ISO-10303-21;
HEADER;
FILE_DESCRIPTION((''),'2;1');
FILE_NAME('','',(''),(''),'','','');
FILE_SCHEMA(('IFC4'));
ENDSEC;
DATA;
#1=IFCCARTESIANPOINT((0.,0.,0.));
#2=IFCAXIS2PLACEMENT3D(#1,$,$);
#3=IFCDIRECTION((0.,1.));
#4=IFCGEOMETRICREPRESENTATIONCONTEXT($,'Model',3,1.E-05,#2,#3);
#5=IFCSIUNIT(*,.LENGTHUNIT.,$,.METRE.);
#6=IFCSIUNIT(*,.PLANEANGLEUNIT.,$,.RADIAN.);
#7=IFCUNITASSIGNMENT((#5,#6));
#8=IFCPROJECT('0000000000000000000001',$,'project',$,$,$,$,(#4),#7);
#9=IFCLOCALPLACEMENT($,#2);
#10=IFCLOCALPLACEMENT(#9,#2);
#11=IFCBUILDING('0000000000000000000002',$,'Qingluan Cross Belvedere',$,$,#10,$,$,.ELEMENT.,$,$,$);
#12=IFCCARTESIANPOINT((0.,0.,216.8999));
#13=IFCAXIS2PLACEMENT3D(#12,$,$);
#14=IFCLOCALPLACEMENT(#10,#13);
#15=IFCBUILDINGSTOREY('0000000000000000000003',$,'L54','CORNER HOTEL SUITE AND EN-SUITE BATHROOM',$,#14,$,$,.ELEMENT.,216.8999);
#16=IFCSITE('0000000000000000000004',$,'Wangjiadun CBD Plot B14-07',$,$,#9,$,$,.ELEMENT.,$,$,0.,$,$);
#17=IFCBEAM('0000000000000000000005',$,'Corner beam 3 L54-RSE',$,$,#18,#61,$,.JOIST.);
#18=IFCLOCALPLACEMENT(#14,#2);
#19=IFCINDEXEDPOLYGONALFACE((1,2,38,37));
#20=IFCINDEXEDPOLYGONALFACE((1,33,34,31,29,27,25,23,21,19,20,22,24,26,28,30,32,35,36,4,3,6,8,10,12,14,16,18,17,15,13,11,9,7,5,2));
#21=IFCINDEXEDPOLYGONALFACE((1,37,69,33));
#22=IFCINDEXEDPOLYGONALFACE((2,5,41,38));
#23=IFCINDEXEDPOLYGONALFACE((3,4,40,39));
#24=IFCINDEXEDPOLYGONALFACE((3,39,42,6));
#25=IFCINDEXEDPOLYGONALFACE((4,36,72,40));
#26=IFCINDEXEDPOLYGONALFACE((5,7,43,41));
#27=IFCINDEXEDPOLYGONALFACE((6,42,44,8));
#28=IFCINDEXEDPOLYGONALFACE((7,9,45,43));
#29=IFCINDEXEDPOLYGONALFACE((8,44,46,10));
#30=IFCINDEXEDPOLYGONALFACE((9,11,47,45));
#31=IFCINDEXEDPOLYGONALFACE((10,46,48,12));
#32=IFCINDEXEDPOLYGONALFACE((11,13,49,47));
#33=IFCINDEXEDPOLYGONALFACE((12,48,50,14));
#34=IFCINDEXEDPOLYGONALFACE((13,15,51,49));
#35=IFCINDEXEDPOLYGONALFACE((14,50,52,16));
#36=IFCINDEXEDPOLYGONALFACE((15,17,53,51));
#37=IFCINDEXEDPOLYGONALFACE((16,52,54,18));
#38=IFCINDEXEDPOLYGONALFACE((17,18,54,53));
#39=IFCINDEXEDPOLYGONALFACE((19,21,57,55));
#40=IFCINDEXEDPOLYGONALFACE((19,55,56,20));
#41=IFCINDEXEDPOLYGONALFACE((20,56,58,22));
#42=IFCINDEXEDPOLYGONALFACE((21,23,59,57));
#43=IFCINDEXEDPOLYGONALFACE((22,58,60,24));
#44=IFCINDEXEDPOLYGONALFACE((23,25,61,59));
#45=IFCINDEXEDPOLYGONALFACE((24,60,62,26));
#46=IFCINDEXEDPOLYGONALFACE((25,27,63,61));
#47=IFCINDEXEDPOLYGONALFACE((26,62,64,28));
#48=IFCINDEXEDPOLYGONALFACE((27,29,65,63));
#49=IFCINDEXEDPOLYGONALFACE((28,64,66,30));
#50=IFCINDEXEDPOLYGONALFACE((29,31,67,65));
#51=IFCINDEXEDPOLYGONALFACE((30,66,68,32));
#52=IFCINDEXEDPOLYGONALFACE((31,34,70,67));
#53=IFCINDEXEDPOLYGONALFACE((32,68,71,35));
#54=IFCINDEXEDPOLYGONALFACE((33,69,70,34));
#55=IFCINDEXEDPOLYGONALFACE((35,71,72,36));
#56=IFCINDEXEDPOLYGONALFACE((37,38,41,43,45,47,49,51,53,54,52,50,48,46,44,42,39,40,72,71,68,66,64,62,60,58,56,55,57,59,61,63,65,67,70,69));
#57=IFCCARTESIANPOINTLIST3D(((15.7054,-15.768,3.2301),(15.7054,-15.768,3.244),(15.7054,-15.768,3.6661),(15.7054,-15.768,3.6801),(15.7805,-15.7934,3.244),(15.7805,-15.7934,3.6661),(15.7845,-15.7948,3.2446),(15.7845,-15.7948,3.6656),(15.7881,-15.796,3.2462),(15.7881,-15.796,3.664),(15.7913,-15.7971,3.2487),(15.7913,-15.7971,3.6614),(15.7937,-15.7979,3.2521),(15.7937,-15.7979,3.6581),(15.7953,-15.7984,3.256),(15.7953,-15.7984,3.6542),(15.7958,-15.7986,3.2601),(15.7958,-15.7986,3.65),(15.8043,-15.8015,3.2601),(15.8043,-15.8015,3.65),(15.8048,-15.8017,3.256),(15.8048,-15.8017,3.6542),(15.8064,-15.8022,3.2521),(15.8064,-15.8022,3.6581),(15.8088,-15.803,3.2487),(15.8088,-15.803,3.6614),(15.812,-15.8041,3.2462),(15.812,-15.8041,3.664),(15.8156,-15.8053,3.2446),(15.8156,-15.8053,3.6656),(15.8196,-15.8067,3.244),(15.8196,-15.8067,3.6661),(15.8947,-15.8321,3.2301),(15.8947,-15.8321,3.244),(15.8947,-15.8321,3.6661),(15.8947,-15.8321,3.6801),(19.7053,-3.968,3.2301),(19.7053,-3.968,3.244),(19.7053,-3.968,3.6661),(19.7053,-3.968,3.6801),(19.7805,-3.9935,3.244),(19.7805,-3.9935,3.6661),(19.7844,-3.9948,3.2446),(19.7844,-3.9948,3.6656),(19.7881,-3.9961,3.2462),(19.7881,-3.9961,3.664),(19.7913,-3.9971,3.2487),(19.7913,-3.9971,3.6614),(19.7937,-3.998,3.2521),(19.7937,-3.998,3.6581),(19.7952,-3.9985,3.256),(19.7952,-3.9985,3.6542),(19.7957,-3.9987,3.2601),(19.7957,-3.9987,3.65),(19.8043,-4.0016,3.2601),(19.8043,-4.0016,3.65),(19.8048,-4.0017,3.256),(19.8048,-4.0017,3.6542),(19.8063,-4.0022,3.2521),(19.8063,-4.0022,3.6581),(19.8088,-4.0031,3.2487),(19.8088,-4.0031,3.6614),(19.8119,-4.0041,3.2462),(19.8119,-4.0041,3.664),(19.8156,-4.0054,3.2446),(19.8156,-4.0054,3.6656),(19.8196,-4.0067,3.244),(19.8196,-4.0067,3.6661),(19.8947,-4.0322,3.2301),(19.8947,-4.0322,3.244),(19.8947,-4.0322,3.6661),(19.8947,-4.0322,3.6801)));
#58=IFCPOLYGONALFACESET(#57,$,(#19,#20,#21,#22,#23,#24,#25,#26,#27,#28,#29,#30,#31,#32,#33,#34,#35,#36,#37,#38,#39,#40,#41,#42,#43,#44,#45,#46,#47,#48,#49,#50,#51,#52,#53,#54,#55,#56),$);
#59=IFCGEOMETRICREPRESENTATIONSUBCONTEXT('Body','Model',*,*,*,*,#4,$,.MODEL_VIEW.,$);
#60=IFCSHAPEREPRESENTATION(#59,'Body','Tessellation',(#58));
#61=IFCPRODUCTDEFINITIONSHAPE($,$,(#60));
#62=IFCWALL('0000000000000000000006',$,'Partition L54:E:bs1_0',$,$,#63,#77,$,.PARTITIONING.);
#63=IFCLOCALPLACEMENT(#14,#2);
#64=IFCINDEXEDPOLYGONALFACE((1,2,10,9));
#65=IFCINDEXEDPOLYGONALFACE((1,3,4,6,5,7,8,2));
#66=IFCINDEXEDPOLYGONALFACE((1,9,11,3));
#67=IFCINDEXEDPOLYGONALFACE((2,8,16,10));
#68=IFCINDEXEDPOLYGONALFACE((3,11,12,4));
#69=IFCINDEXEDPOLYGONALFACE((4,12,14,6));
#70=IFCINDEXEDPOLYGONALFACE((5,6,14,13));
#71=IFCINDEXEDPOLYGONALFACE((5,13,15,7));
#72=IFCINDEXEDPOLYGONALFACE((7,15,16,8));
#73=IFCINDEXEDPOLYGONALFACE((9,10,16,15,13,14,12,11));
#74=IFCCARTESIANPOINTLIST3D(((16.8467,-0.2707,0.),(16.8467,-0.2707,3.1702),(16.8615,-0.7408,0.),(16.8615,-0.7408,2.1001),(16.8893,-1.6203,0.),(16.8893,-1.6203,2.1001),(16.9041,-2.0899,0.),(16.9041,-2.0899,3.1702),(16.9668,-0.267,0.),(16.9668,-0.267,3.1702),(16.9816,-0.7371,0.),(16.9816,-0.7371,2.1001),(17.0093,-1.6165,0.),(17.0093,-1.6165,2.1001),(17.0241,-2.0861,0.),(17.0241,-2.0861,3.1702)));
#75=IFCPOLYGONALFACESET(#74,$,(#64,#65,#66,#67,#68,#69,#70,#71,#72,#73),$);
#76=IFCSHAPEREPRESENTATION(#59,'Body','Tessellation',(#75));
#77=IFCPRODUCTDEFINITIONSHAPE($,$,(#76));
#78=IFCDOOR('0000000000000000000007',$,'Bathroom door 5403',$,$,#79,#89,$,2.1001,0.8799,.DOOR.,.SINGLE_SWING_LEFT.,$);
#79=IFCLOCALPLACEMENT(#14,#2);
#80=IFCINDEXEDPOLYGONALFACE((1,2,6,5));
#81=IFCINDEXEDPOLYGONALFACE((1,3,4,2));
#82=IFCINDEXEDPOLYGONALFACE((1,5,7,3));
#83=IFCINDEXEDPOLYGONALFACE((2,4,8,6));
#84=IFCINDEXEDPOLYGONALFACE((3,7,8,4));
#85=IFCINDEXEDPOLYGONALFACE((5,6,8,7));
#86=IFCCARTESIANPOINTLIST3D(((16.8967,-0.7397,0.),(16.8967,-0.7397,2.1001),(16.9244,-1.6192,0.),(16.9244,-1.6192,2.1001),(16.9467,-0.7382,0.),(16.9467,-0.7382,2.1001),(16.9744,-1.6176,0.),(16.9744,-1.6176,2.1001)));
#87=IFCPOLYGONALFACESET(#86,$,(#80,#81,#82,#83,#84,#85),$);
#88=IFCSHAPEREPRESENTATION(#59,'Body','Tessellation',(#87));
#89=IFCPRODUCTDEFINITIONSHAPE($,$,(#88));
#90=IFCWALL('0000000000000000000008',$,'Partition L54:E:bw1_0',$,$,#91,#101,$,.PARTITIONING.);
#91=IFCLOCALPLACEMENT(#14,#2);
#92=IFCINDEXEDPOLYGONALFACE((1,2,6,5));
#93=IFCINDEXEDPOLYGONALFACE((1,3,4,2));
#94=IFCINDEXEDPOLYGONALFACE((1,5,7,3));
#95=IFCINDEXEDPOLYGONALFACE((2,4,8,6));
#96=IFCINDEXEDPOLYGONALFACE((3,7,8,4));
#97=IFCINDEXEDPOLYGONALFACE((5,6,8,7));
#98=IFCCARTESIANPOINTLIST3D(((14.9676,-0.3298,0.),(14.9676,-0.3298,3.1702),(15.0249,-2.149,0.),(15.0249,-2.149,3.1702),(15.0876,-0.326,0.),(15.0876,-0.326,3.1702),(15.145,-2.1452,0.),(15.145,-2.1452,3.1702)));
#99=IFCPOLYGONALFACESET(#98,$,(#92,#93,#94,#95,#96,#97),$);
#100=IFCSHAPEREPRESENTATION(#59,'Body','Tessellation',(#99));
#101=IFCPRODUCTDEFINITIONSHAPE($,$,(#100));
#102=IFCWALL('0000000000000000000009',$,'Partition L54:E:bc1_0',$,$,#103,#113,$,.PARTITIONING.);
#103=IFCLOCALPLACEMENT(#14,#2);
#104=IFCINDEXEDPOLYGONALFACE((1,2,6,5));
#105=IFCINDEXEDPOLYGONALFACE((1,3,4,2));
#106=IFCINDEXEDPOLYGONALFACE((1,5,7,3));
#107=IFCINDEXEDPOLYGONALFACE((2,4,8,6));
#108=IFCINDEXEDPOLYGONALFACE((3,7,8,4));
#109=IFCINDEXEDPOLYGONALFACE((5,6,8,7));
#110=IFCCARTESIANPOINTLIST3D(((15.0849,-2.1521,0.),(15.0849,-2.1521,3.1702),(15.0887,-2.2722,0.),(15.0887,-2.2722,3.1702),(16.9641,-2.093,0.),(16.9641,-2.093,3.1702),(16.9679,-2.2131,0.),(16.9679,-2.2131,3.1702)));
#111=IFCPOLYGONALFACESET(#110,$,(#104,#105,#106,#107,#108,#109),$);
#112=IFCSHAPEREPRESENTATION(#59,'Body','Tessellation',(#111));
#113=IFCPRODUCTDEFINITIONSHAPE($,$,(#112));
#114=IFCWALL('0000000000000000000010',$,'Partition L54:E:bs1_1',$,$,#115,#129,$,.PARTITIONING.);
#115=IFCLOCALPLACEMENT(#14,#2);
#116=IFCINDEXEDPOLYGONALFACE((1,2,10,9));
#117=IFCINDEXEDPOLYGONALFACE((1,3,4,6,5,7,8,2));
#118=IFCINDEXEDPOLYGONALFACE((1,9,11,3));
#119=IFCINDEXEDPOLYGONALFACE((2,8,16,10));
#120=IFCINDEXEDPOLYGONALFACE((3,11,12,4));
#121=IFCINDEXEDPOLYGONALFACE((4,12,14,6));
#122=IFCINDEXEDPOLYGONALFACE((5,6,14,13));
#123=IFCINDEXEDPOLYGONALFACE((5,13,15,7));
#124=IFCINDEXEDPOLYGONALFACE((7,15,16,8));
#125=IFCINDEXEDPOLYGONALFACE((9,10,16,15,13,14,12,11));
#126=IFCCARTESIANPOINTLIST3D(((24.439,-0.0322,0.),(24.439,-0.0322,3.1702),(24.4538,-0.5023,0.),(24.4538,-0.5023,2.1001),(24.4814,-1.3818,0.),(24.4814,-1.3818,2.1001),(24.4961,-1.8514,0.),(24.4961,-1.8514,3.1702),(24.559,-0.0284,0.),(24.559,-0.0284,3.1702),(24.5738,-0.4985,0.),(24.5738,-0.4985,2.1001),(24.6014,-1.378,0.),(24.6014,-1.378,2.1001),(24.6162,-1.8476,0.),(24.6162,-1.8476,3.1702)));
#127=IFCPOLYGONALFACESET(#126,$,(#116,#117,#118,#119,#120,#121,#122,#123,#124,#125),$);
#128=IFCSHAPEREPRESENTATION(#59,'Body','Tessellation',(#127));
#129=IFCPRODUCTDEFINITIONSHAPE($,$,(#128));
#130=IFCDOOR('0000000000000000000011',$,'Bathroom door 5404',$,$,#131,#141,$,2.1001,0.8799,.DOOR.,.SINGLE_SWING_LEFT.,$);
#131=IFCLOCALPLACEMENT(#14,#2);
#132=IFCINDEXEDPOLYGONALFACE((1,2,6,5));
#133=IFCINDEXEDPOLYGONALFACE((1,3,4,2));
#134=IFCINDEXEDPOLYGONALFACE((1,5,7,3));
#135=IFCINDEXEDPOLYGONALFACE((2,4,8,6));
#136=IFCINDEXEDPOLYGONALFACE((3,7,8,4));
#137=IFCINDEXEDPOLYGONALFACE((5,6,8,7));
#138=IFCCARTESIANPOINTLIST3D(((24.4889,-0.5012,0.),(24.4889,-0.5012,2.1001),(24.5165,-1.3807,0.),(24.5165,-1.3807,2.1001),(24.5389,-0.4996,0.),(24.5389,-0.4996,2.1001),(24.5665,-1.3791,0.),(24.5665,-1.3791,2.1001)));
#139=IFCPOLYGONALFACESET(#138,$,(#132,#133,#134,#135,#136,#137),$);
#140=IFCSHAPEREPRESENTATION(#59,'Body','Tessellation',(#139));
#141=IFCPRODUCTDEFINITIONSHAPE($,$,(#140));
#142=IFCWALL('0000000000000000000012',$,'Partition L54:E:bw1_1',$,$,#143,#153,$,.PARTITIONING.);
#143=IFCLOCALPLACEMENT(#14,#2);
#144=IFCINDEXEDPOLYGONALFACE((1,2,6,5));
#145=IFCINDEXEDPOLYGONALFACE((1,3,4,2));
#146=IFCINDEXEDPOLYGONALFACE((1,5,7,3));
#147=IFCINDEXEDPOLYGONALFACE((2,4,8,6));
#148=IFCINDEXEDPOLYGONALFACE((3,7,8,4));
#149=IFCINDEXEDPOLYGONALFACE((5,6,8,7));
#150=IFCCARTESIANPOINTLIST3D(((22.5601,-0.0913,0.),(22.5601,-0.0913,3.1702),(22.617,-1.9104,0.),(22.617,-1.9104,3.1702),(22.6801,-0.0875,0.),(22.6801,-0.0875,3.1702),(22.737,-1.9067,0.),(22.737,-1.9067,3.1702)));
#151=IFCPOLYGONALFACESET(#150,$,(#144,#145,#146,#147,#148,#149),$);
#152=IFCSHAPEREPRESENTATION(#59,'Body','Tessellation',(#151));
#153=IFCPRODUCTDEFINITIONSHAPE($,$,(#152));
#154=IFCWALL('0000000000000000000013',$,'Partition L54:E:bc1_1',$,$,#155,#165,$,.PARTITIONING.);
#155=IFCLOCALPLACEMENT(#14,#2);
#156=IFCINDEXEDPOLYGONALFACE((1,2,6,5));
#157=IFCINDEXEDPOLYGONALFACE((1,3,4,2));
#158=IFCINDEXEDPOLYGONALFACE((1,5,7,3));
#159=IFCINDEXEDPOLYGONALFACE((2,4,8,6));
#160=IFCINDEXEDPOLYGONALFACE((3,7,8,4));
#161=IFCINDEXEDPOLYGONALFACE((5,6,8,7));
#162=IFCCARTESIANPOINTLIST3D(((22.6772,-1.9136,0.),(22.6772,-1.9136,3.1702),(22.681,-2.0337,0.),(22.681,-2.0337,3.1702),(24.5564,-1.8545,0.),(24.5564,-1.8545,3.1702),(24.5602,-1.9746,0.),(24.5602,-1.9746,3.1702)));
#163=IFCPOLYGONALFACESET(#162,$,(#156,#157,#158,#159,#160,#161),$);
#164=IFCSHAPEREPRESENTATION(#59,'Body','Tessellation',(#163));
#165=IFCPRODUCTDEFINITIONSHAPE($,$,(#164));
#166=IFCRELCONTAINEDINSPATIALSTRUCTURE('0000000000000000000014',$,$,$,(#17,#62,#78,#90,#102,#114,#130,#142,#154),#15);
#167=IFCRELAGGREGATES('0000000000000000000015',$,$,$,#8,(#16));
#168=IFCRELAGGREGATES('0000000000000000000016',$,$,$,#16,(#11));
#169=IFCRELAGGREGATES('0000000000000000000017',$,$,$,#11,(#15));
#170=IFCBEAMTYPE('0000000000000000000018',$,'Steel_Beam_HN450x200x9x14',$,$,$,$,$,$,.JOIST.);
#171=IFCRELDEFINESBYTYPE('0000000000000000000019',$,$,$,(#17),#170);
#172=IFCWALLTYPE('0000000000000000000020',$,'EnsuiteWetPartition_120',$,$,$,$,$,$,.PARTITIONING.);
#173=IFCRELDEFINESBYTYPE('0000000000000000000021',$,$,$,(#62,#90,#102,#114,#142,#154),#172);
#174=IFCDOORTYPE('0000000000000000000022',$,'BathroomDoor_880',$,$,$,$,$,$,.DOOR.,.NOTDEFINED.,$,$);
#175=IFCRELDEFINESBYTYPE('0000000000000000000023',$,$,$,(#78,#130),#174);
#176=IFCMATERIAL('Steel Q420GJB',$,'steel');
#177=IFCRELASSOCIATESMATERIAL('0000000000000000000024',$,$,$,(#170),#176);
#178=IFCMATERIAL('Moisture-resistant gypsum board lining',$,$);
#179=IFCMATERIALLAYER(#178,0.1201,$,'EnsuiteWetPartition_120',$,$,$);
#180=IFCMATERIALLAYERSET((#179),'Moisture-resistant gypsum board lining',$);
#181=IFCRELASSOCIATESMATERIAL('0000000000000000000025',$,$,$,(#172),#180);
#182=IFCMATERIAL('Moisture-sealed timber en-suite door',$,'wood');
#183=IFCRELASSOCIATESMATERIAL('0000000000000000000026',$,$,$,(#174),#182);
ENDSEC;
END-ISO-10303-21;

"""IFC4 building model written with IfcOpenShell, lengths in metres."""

from ifc_helpers import new_model, si_unit, direction, frame, frame_2d, origin, origin_2d, place, context, subcontext, project, spatial, rectangle, i_section, extrude, material, layer, layer_set, material_profile, profile_set, type_object, element, fill, save


model = new_model("IFC4")

# Units and contexts
model_context = context("Model", 3, precision=1e-05, world=origin(), true_north=direction((0.0, 1.0)))
body_context = subcontext(model_context, "Body", "Model", "MODEL_VIEW")
ifc_project = project(units=[si_unit("LENGTHUNIT", "METRE"), si_unit("PLANEANGLEUNIT", "RADIAN")], contexts=[model_context])

# Site, building, storey
site_placement = place(None, origin())
site = spatial("IfcSite", under=ifc_project, at=site_placement, Name="Wangjiadun CBD Plot B14-07", CompositionType="ELEMENT", RefElevation=0.0)
building_placement = place(site_placement, origin())
building = spatial("IfcBuilding", under=site, at=building_placement, Name="Qingluan Cross Belvedere", CompositionType="ELEMENT")
storey_placement = place(building_placement, frame((0.0, 0.0, 216.8999)))
storey = spatial("IfcBuildingStorey", under=building, at=storey_placement, Name="L54", Description="CORNER HOTEL SUITE AND EN-SUITE BATHROOM", CompositionType="ELEMENT", Elevation=216.8999)

# Beam
ifc_material_1 = material(Name="Steel Q420GJB", Category="steel")
ifc_material_profile_1 = material_profile(ifc_material_1, i_section(OverallWidth=0.2, OverallDepth=0.45, WebThickness=0.009, FlangeThickness=0.0139, FilletRadius=0.0161, at=origin_2d()), Name="HN450x200x9x14")
ifc_profile_set_1 = profile_set([ifc_material_profile_1], Name="Steel Q420GJB")
beam_type_1 = type_object("IfcBeamType", Name="Steel_Beam_HN450x200x9x14", PredefinedType="JOIST", material=ifc_profile_set_1)
for number, where, z_axis, x_axis, name in (
    (1, (15.8, -15.8, 3.4551), (0.321038, 0.947066, 0.0), (-0.947066, 0.321038, 0.0), "Corner beam 3 L54-RSE"),
):
    element("IfcBeam", number, at=place(storey_placement, frame(where, z_axis=z_axis, x_axis=x_axis)), inside=storey, type_object=beam_type_1, Name=name, PredefinedType="JOIST", context=body_context, shape_type="SweptSolid", body=[
        extrude(i_section(OverallWidth=0.2, OverallDepth=0.45, WebThickness=0.009, FlangeThickness=0.0139, FilletRadius=0.0161, at=origin_2d()), origin(), (0.0, 0.0, 1.0), 12.4595),
    ])

# Wall, opening, door
ifc_material_2 = material(Name="Moisture-resistant gypsum board lining")
ifc_layer_1 = layer(ifc_material_2, 0.1201, Name="EnsuiteWetPartition_120")
ifc_layer_set_1 = layer_set([ifc_layer_1], Name="Moisture-resistant gypsum board lining")
wall_type_1 = type_object("IfcWallType", Name="EnsuiteWetPartition_120", PredefinedType="PARTITIONING", material=ifc_layer_set_1)
wall_1_placement = place(storey_placement, frame((16.9641, -2.0881, 0.0), z_axis=(0.0, 0.0, 1.0), x_axis=(-0.031524, 0.999503, 0.0)))
wall_1 = element("IfcWall", 2, at=wall_1_placement, inside=storey, type_object=wall_type_1, Name="Partition L54:E:bs1_0", PredefinedType="PARTITIONING", context=body_context, shape_type="SweptSolid", body=[
    extrude(rectangle(XDim=1.8201, YDim=0.1201, at=frame_2d((0.9102, 0.0))), origin(), (0.0, 0.0, 1.0), 3.1702),
])
opening_1_placement = place(wall_1_placement, frame((0.47, 0.0, 0.0)))
opening_1 = element("IfcOpeningElement", 3, at=opening_1_placement, cuts=wall_1, PredefinedType="OPENING", context=body_context, shape_type="SweptSolid", body=[
    extrude(rectangle(XDim=0.8799, YDim=2.1001, at=frame_2d((0.4399, 1.05))), frame((0.0, 0.0701, 0.0), z_axis=(0.0, -1.0, 0.0), x_axis=(1.0, 0.0, 0.0)), (0.0, 0.0, 1.0), 0.1401),
])
ifc_material_3 = material(Name="Moisture-sealed timber en-suite door", Category="wood")
door_type = type_object("IfcDoorType", Name="BathroomDoor_880", OperationType="NOTDEFINED", PredefinedType="DOOR", material=ifc_material_3)
door_1_placement = place(opening_1_placement, origin())
door_1 = element("IfcDoor", 4, at=door_1_placement, inside=storey, type_object=door_type, Name="Bathroom door 5403", OperationType="SINGLE_SWING_LEFT", OverallHeight=2.1001, OverallWidth=0.8799, PredefinedType="DOOR", context=body_context, shape_type="SweptSolid", body=[
    extrude(rectangle(XDim=0.8799, YDim=2.1001, at=frame_2d((0.4399, 1.05))), frame((0.0, 0.0249, 0.0), z_axis=(0.0, -1.0, 0.0), x_axis=(1.0, 0.0, 0.0)), (0.0, 0.0, 1.0), 0.05),
])
fill(opening_1, door_1)

# Walls
wall_2_placement = place(storey_placement, frame((15.085, -2.1472, 0.0), z_axis=(0.0, 0.0, 1.0), x_axis=(-0.031524, 0.999503, 0.0)))
element("IfcWall", 5, at=wall_2_placement, inside=storey, type_object=wall_type_1, Name="Partition L54:E:bw1_0", PredefinedType="PARTITIONING", context=body_context, shape_type="SweptSolid", body=[
    extrude(rectangle(XDim=1.8201, YDim=0.1201, at=frame_2d((0.9102, 0.0))), origin(), (0.0, 0.0, 1.0), 3.1702),
])
wall_3_placement = place(storey_placement, frame((15.0869, -2.2122, 0.0), z_axis=(0.0, 0.0, 1.0), x_axis=(0.999506, 0.031425, 0.0)))
element("IfcWall", 6, at=wall_3_placement, inside=storey, type_object=wall_type_1, Name="Partition L54:E:bc1_0", PredefinedType="PARTITIONING", context=body_context, shape_type="SweptSolid", body=[
    extrude(rectangle(XDim=1.8801, YDim=0.1201, at=frame_2d((0.9399, 0.0))), origin(), (0.0, 0.0, 1.0), 3.1702),
])

# Wall, opening, door
wall_4_placement = place(storey_placement, frame((24.5562, -1.8496, 0.0), z_axis=(0.0, 0.0, 1.0), x_axis=(-0.03139, 0.999507, 0.0)))
wall_4 = element("IfcWall", 7, at=wall_4_placement, inside=storey, type_object=wall_type_1, Name="Partition L54:E:bs1_1", PredefinedType="PARTITIONING", context=body_context, shape_type="SweptSolid", body=[
    extrude(rectangle(XDim=1.8201, YDim=0.1201, at=frame_2d((0.9102, 0.0))), origin(), (0.0, 0.0, 1.0), 3.1702),
])
opening_2_placement = place(wall_4_placement, frame((0.47, 0.0, 0.0)))
opening_2 = element("IfcOpeningElement", 8, at=opening_2_placement, cuts=wall_4, PredefinedType="OPENING", context=body_context, shape_type="SweptSolid", body=[
    extrude(rectangle(XDim=0.8799, YDim=2.1001, at=frame_2d((0.4399, 1.05))), frame((0.0, 0.0701, 0.0), z_axis=(0.0, -1.0, 0.0), x_axis=(1.0, 0.0, 0.0)), (0.0, 0.0, 1.0), 0.1401),
])
door_2_placement = place(opening_2_placement, origin())
door_2 = element("IfcDoor", 9, at=door_2_placement, inside=storey, type_object=door_type, Name="Bathroom door 5404", OperationType="SINGLE_SWING_LEFT", OverallHeight=2.1001, OverallWidth=0.8799, PredefinedType="DOOR", context=body_context, shape_type="SweptSolid", body=[
    extrude(rectangle(XDim=0.8799, YDim=2.1001, at=frame_2d((0.4399, 1.05))), frame((0.0, 0.0249, 0.0), z_axis=(0.0, -1.0, 0.0), x_axis=(1.0, 0.0, 0.0)), (0.0, 0.0, 1.0), 0.05),
])
fill(opening_2, door_2)

# Walls
wall_5_placement = place(storey_placement, frame((22.677, -1.9087, 0.0), z_axis=(0.0, 0.0, 1.0), x_axis=(-0.031256, 0.999511, 0.0)))
element("IfcWall", 10, at=wall_5_placement, inside=storey, type_object=wall_type_1, Name="Partition L54:E:bw1_1", PredefinedType="PARTITIONING", context=body_context, shape_type="SweptSolid", body=[
    extrude(rectangle(XDim=1.8201, YDim=0.1201, at=frame_2d((0.9102, 0.0))), origin(), (0.0, 0.0, 1.0), 3.1702),
])
wall_6_placement = place(storey_placement, frame((22.6792, -1.9736, 0.0), z_axis=(0.0, 0.0, 1.0), x_axis=(0.999506, 0.031425, 0.0)))
element("IfcWall", 11, at=wall_6_placement, inside=storey, type_object=wall_type_1, Name="Partition L54:E:bc1_1", PredefinedType="PARTITIONING", context=body_context, shape_type="SweptSolid", body=[
    extrude(rectangle(XDim=1.8801, YDim=0.1201, at=frame_2d((0.9399, 0.0))), origin(), (0.0, 0.0, 1.0), 3.1702),
])

save(model, "model.ifc")
